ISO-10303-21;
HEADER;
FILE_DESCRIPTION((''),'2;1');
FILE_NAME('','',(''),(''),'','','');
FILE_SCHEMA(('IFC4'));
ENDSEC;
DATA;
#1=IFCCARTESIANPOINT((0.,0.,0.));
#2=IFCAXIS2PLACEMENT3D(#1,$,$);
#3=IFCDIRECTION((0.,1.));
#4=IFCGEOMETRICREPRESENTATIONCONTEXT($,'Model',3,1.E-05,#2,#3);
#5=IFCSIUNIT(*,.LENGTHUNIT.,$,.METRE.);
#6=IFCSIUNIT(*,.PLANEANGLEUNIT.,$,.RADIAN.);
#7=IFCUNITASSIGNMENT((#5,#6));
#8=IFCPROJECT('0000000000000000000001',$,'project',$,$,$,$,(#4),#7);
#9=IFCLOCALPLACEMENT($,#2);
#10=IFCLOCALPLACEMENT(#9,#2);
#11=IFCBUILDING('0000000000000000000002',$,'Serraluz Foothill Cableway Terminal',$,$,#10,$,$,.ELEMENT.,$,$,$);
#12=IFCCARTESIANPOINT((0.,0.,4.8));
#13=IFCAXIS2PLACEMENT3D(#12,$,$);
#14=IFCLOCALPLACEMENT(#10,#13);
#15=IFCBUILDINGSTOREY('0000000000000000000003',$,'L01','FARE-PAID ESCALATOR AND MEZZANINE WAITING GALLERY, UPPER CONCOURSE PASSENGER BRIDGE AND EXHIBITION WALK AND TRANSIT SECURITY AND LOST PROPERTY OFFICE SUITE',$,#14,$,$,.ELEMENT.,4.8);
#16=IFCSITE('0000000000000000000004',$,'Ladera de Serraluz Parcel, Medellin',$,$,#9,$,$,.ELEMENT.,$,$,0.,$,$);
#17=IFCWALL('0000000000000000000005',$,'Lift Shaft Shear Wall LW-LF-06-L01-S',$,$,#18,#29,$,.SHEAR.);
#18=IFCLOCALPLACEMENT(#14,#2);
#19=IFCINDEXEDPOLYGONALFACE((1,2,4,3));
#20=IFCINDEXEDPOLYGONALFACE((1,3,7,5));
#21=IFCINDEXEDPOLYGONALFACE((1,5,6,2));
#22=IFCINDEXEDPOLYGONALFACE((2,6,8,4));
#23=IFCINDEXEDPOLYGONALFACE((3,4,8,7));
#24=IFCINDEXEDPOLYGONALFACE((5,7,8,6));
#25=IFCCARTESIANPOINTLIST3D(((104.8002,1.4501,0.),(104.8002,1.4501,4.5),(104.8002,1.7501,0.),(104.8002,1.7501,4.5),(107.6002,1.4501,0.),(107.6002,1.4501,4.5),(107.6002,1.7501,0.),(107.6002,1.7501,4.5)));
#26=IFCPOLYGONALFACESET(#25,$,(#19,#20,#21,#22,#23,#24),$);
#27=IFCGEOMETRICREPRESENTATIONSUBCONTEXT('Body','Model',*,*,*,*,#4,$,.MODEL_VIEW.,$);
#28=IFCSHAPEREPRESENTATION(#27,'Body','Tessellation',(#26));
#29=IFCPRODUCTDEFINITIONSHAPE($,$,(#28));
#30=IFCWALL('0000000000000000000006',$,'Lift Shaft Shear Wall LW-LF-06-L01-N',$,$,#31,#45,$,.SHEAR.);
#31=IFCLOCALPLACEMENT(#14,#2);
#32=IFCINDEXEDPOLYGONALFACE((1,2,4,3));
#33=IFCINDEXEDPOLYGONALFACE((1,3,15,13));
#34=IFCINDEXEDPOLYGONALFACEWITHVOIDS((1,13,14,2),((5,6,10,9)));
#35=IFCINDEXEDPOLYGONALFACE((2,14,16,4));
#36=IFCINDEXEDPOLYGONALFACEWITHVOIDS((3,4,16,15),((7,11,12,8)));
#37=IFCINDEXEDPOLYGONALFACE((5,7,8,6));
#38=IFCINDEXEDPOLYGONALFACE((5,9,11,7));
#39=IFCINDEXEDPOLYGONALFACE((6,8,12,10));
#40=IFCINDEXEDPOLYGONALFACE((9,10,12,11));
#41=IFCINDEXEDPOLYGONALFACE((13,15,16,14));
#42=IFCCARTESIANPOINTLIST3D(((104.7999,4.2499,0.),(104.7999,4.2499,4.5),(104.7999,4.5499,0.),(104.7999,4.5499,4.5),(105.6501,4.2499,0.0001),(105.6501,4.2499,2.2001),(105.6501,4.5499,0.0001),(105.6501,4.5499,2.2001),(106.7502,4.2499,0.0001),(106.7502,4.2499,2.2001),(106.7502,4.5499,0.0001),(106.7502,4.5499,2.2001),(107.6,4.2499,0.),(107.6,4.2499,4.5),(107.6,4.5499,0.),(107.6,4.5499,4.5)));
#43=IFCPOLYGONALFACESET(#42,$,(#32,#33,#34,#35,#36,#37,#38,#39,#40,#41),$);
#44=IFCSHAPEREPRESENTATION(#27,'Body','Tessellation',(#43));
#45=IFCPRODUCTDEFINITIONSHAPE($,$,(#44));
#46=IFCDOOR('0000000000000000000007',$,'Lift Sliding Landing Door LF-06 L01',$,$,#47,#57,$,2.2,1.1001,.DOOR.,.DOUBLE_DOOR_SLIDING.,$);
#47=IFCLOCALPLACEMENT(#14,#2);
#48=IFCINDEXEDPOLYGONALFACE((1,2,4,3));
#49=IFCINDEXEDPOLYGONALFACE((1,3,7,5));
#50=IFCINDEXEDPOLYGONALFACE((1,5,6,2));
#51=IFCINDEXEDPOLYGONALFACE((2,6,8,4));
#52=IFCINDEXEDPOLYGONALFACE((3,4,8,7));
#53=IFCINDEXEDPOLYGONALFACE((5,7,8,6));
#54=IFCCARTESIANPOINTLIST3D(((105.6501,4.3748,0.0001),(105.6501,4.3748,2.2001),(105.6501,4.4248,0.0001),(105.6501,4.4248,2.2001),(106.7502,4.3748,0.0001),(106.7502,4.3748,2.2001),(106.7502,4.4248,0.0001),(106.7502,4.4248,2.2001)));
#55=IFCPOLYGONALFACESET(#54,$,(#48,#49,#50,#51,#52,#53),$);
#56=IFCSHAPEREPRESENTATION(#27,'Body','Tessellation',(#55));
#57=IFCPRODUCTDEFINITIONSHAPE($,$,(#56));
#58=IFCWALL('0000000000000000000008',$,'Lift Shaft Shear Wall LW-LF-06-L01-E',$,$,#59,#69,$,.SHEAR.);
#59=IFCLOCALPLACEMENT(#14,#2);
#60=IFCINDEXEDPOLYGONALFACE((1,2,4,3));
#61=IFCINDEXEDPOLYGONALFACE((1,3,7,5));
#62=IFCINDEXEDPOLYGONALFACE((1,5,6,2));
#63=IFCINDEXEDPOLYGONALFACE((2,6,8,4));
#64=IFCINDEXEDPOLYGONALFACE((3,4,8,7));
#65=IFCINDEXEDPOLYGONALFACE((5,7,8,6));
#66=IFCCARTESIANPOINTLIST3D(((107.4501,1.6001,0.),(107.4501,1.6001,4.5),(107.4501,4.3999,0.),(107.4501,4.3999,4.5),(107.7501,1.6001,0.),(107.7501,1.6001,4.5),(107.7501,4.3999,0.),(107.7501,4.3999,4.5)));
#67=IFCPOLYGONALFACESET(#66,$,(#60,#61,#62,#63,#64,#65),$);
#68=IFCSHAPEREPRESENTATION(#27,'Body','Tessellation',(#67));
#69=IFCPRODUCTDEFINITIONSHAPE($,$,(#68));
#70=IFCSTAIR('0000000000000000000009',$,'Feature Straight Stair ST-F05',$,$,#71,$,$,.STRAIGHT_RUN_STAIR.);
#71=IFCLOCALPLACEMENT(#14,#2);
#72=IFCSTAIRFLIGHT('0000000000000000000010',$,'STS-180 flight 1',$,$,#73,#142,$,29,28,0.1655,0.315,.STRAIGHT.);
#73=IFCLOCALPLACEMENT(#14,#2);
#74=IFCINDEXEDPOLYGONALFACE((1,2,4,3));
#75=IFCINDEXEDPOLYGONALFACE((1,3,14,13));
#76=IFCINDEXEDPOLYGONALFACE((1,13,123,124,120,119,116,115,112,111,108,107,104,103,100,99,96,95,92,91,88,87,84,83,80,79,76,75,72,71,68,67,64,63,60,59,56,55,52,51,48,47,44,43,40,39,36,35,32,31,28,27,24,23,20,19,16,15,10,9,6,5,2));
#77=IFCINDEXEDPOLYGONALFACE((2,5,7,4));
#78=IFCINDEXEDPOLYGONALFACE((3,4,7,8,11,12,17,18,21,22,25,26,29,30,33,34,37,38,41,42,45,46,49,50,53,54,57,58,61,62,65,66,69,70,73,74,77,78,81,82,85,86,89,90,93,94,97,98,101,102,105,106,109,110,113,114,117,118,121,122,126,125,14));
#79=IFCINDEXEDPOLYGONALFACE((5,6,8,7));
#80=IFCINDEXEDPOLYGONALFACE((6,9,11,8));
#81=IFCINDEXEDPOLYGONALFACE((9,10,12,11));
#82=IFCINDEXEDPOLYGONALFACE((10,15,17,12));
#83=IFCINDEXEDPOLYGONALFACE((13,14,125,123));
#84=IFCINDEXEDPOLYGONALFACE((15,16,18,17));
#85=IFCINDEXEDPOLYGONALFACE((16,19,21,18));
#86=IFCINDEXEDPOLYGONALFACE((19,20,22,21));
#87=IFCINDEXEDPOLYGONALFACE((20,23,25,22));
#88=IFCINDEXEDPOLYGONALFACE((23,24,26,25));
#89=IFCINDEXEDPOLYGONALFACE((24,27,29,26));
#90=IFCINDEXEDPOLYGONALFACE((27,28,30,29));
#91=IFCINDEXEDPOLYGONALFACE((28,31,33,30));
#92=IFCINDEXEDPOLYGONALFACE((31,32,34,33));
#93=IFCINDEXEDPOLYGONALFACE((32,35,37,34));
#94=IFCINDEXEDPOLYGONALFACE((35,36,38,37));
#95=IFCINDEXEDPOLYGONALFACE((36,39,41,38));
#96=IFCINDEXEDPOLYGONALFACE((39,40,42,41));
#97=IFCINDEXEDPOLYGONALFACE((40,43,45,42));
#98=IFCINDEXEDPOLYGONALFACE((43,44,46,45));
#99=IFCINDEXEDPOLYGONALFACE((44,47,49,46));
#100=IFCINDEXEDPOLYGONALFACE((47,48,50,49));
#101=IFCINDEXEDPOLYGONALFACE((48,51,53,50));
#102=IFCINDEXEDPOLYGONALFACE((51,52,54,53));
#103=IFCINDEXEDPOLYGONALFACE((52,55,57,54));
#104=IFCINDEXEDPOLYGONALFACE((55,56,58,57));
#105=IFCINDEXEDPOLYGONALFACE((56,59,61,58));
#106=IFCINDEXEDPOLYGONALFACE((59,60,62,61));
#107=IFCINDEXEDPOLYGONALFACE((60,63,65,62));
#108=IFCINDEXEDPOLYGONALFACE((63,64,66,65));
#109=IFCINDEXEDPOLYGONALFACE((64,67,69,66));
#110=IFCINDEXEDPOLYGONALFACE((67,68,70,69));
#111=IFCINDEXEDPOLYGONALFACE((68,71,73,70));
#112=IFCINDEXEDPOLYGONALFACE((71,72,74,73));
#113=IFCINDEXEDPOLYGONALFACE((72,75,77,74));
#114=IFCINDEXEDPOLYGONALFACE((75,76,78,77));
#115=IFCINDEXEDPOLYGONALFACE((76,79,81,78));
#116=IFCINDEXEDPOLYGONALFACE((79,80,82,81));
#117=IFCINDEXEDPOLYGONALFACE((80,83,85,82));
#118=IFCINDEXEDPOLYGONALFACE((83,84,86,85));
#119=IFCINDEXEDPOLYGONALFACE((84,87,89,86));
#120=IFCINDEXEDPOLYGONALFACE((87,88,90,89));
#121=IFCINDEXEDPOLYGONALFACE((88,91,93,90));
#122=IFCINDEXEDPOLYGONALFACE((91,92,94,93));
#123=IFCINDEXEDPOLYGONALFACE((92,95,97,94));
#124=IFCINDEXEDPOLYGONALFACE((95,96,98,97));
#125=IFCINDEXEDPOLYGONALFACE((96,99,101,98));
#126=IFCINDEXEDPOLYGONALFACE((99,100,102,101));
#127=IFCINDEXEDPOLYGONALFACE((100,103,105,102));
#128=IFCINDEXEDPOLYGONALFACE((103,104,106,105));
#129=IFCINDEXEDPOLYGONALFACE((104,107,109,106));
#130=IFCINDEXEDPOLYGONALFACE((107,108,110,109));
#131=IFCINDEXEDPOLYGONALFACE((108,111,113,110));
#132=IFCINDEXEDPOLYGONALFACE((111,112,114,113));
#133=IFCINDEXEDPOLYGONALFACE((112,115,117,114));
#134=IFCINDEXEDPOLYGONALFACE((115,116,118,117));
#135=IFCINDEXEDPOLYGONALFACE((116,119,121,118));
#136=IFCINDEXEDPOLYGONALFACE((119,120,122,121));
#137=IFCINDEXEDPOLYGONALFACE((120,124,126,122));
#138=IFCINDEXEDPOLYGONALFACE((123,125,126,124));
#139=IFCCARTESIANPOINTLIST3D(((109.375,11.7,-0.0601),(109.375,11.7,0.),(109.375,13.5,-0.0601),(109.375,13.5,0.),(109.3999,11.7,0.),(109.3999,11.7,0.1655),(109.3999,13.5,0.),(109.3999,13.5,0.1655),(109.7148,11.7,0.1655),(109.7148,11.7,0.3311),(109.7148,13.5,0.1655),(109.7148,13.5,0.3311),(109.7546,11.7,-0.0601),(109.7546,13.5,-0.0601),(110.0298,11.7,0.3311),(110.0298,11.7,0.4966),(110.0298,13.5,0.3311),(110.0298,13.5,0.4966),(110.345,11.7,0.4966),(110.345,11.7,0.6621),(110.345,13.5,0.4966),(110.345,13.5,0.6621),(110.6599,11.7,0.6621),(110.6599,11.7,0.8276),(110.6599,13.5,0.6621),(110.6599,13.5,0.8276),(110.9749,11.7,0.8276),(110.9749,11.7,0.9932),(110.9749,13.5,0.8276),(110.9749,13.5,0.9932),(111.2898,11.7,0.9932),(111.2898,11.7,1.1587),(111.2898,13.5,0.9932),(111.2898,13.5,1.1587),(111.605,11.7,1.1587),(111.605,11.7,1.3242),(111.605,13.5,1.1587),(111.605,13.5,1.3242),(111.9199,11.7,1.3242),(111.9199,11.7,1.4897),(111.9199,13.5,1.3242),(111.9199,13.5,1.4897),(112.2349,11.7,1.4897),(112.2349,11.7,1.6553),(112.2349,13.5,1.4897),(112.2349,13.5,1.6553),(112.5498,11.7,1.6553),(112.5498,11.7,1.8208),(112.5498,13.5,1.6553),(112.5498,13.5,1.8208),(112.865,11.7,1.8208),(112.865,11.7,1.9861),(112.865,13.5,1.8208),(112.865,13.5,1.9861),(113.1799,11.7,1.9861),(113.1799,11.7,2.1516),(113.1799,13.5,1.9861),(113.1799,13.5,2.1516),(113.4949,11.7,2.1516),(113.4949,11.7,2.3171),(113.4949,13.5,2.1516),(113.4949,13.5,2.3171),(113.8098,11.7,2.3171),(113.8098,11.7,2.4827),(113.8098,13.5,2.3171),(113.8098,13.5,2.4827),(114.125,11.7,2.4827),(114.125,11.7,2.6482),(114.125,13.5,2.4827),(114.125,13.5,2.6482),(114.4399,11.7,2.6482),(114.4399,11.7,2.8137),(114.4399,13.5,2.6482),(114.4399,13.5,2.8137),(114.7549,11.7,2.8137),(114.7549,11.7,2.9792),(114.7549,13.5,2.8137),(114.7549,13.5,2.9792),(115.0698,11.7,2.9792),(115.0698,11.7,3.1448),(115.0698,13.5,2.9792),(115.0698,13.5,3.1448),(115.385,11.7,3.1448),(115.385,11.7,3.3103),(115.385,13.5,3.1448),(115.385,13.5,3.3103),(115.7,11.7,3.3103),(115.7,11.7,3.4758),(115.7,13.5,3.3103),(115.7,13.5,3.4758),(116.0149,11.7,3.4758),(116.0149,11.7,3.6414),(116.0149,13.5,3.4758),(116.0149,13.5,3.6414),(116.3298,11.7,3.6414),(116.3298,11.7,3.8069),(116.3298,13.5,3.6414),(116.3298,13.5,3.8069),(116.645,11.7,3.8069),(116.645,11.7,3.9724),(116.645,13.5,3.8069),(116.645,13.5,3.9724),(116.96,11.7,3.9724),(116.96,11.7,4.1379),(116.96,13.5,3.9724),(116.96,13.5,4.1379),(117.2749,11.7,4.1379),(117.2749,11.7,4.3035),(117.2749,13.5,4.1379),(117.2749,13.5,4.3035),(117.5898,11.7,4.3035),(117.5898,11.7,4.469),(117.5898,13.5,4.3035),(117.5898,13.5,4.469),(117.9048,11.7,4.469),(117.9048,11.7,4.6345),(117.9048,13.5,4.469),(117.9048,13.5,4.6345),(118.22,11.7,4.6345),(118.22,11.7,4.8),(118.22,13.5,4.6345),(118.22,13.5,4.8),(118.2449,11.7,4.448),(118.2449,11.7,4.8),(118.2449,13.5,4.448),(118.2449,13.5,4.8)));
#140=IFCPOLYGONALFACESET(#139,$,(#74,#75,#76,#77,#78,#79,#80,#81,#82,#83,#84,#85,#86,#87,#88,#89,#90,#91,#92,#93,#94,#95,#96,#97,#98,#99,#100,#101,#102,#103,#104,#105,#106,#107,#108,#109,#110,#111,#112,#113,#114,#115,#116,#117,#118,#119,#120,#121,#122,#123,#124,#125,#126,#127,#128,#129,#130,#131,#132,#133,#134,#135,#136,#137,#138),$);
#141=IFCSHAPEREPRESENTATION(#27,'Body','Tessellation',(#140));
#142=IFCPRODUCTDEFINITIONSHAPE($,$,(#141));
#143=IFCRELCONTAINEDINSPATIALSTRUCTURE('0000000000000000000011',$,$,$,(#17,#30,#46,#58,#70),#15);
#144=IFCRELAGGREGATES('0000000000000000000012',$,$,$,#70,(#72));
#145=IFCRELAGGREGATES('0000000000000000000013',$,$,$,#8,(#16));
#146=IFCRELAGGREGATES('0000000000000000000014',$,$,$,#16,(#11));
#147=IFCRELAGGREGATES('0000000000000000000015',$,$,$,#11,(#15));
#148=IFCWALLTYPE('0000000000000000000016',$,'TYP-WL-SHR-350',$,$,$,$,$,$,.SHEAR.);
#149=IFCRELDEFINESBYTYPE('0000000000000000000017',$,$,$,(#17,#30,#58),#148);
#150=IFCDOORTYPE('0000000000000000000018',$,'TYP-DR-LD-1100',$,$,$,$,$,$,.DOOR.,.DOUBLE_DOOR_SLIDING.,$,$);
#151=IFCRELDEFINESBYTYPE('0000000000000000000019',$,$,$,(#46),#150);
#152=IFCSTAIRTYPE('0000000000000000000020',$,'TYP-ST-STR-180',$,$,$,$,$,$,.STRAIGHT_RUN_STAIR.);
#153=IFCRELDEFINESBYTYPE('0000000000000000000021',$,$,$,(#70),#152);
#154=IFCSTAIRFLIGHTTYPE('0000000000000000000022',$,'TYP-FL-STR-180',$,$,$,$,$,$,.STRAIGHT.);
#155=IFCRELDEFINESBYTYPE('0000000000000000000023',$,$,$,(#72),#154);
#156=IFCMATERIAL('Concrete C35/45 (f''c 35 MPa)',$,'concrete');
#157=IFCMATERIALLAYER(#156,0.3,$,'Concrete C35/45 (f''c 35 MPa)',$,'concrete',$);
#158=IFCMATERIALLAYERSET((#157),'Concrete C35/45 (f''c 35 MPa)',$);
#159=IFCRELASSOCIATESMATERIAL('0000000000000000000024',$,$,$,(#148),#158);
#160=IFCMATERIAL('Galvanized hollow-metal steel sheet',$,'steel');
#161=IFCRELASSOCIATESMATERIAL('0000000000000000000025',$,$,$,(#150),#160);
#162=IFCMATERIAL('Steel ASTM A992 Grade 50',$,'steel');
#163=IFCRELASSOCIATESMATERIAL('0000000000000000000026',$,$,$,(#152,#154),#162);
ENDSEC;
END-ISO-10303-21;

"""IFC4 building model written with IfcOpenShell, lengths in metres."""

from ifc_helpers import new_model, si_unit, direction, frame, frame_2d, origin, place, context, subcontext, project, spatial, polyline, rectangle, outline, extrude, material, layer, layer_set, type_object, element, fill, aggregate, save


model = new_model("IFC4")

# Units and contexts
model_context = context("Model", 3, precision=1e-05, world=origin(), true_north=direction((0.0, 1.0)))
body_context = subcontext(model_context, "Body", "Model", "MODEL_VIEW")
ifc_project = project(units=[si_unit("LENGTHUNIT", "METRE"), si_unit("PLANEANGLEUNIT", "RADIAN")], contexts=[model_context])

# Site, building, storey
site_placement = place(None, origin())
site = spatial("IfcSite", under=ifc_project, at=site_placement, Name="Ladera de Serraluz Parcel, Medellin", CompositionType="ELEMENT", RefElevation=0.0)
building_placement = place(site_placement, origin())
building = spatial("IfcBuilding", under=site, at=building_placement, Name="Serraluz Foothill Cableway Terminal", CompositionType="ELEMENT")
storey_placement = place(building_placement, frame((0.0, 0.0, 4.8)))
storey = spatial("IfcBuildingStorey", under=building, at=storey_placement, Name="L01", Description="FARE-PAID ESCALATOR AND MEZZANINE WAITING GALLERY, UPPER CONCOURSE PASSENGER BRIDGE AND EXHIBITION WALK AND TRANSIT SECURITY AND LOST PROPERTY OFFICE SUITE", CompositionType="ELEMENT", Elevation=4.8)

# Shared definitions
ifc_material_1 = material(Name="Concrete C35/45 (f'c 35 MPa)", Category="concrete")

# Shared definitions
ifc_layer_1 = layer(ifc_material_1, 0.3, Name="Concrete C35/45 (f'c 35 MPa)", Category="concrete")
ifc_layer_set_1 = layer_set([ifc_layer_1], Name="Concrete C35/45 (f'c 35 MPa)")
wall_type_1 = type_object("IfcWallType", Name="TYP-WL-SHR-350", PredefinedType="SHEAR", material=ifc_layer_set_1)

# Shared definitions
ifc_material_2 = material(Name="Galvanized hollow-metal steel sheet", Category="steel")

# Wall
wall_1_placement = place(storey_placement, frame((107.6001, 1.6001, 0.0), z_axis=(0.0, 0.0, 1.0), x_axis=(-1.0, 0.0, 0.0)))
element("IfcWall", 1, at=wall_1_placement, inside=storey, type_object=wall_type_1, Name="Lift Shaft Shear Wall LW-LF-06-L01-S", PredefinedType="SHEAR", context=body_context, shape_type="SweptSolid", body=[
    extrude(rectangle(XDim=2.8, YDim=0.3, at=frame_2d((1.3999, 0.0))), origin(), (0.0, 0.0, 1.0), 4.5),
])

# Wall, opening, door
wall_2_placement = place(storey_placement, frame((104.8, 4.3999, 0.0), z_axis=(0.0, 0.0, 1.0), x_axis=(1.0, 0.0, 0.0)))
wall_2 = element("IfcWall", 2, at=wall_2_placement, inside=storey, type_object=wall_type_1, Name="Lift Shaft Shear Wall LW-LF-06-L01-N", PredefinedType="SHEAR", context=body_context, shape_type="SweptSolid", body=[
    extrude(rectangle(XDim=2.8, YDim=0.3, at=frame_2d((1.3999, 0.0))), origin(), (0.0, 0.0, 1.0), 4.5),
])
opening_1_placement = place(wall_2_placement, frame((0.8501, 0.0, 0.0)))
opening_1 = element("IfcOpeningElement", 3, at=opening_1_placement, cuts=wall_2, PredefinedType="OPENING", context=body_context, shape_type="SweptSolid", body=[
    extrude(rectangle(XDim=1.1001, YDim=2.2, at=frame_2d((0.55, 1.1001))), frame((0.0, 0.1602, 0.0), z_axis=(0.0, -1.0, 0.0), x_axis=(1.0, 0.0, 0.0)), (0.0, 0.0, 1.0), 0.3201),
])
door_type_1 = type_object("IfcDoorType", Name="TYP-DR-LD-1100", OperationType="DOUBLE_DOOR_SLIDING", PredefinedType="DOOR", material=ifc_material_2)
door_1_placement = place(opening_1_placement, origin())
door_1 = element("IfcDoor", 4, at=door_1_placement, inside=storey, type_object=door_type_1, Name="Lift Sliding Landing Door LF-06 L01", OperationType="DOUBLE_DOOR_SLIDING", OverallHeight=2.2, OverallWidth=1.1001, PredefinedType="DOOR", context=body_context, shape_type="SweptSolid", body=[
    extrude(rectangle(XDim=1.1001, YDim=2.2, at=frame_2d((0.55, 1.1001))), frame((0.0, 0.0249, 0.0), z_axis=(0.0, -1.0, 0.0), x_axis=(1.0, 0.0, 0.0)), (0.0, 0.0, 1.0), 0.05),
])
fill(opening_1, door_1)

# Wall
wall_3_placement = place(storey_placement, frame((107.6001, 4.3999, 0.0), z_axis=(0.0, 0.0, 1.0), x_axis=(0.0, -1.0, 0.0)))
element("IfcWall", 5, at=wall_3_placement, inside=storey, type_object=wall_type_1, Name="Lift Shaft Shear Wall LW-LF-06-L01-E", PredefinedType="SHEAR", context=body_context, shape_type="SweptSolid", body=[
    extrude(rectangle(XDim=2.7998, YDim=0.3, at=frame_2d((1.3999, 0.0))), origin(), (0.0, 0.0, 1.0), 4.5),
])

# Stair, stair flight
ifc_material_3 = material(Name="Steel ASTM A992 Grade 50", Category="steel")
stair_type = type_object("IfcStairType", Name="TYP-ST-STR-180", PredefinedType="STRAIGHT_RUN_STAIR", material=ifc_material_3)
stair_placement = place(storey_placement, origin())
stair = element("IfcStair", 6, at=stair_placement, inside=storey, type_object=stair_type, Name="Feature Straight Stair ST-F05", PredefinedType="STRAIGHT_RUN_STAIR")
stair_flight_type = type_object("IfcStairFlightType", Name="TYP-FL-STR-180", PredefinedType="STRAIGHT", material=ifc_material_3)
stair_flight_placement = place(storey_placement, frame((109.3999, 12.6001, 0.0), z_axis=(0.0, 0.0, 1.0), x_axis=(1.0, 0.0, 0.0)))
stair_flight = element("IfcStairFlight", 7, at=stair_flight_placement, type_object=stair_flight_type, Name="STS-180 flight 1", NumberOfRisers=29, NumberOfTreads=28, PredefinedType="STRAIGHT", RiserHeight=0.1655, TreadLength=0.315, context=body_context, shape_type="SweptSolid", body=[
    extrude(outline(polyline([(-0.0249, -0.0601), (-0.0249, 0.0), (0.0, 0.0), (0.0, 0.1655), (0.3149, 0.1655), (0.3149, 0.3311), (0.6299, 0.3311), (0.6299, 0.4966), (0.9451, 0.4966), (0.9451, 0.6621), (1.26, 0.6621), (1.26, 0.8276), (1.575, 0.8276), (1.575, 0.9932), (1.8899, 0.9932), (1.8899, 1.1587), (2.2051, 1.1587), (2.2051, 1.3242), (2.52, 1.3242), (2.52, 1.4897), (2.835, 1.4897), (2.835, 1.6553), (3.1499, 1.6553), (3.1499, 1.8208), (3.4651, 1.8208), (3.4651, 1.9861), (3.78, 1.9861), (3.78, 2.1516), (4.095, 2.1516), (4.095, 2.3171), (4.4099, 2.3171), (4.4099, 2.4827), (4.7251, 2.4827), (4.7251, 2.6482), (5.04, 2.6482), (5.04, 2.8137), (5.355, 2.8137), (5.355, 2.9792), (5.6699, 2.9792), (5.6699, 3.1448), (5.9851, 3.1448), (5.9851, 3.3103), (6.3, 3.3103), (6.3, 3.4758), (6.615, 3.4758), (6.615, 3.6414), (6.9299, 3.6414), (6.9299, 3.8069), (7.2451, 3.8069), (7.2451, 3.9724), (7.5601, 3.9724), (7.5601, 4.1379), (7.875, 4.1379), (7.875, 4.3035), (8.1899, 4.3035), (8.1899, 4.469), (8.5049, 4.469), (8.5049, 4.6345), (8.8201, 4.6345), (8.8201, 4.8), (8.845, 4.8), (8.845, 4.448), (0.3547, -0.0601), (-0.0249, -0.0601)])), frame((0.0, 0.8999, 0.0), z_axis=(0.0, -1.0, 0.0), x_axis=(1.0, 0.0, 0.0)), (0.0, 0.0, 1.0), 1.8),
])
aggregate(stair, [stair_flight])

save(model, "model.ifc")
